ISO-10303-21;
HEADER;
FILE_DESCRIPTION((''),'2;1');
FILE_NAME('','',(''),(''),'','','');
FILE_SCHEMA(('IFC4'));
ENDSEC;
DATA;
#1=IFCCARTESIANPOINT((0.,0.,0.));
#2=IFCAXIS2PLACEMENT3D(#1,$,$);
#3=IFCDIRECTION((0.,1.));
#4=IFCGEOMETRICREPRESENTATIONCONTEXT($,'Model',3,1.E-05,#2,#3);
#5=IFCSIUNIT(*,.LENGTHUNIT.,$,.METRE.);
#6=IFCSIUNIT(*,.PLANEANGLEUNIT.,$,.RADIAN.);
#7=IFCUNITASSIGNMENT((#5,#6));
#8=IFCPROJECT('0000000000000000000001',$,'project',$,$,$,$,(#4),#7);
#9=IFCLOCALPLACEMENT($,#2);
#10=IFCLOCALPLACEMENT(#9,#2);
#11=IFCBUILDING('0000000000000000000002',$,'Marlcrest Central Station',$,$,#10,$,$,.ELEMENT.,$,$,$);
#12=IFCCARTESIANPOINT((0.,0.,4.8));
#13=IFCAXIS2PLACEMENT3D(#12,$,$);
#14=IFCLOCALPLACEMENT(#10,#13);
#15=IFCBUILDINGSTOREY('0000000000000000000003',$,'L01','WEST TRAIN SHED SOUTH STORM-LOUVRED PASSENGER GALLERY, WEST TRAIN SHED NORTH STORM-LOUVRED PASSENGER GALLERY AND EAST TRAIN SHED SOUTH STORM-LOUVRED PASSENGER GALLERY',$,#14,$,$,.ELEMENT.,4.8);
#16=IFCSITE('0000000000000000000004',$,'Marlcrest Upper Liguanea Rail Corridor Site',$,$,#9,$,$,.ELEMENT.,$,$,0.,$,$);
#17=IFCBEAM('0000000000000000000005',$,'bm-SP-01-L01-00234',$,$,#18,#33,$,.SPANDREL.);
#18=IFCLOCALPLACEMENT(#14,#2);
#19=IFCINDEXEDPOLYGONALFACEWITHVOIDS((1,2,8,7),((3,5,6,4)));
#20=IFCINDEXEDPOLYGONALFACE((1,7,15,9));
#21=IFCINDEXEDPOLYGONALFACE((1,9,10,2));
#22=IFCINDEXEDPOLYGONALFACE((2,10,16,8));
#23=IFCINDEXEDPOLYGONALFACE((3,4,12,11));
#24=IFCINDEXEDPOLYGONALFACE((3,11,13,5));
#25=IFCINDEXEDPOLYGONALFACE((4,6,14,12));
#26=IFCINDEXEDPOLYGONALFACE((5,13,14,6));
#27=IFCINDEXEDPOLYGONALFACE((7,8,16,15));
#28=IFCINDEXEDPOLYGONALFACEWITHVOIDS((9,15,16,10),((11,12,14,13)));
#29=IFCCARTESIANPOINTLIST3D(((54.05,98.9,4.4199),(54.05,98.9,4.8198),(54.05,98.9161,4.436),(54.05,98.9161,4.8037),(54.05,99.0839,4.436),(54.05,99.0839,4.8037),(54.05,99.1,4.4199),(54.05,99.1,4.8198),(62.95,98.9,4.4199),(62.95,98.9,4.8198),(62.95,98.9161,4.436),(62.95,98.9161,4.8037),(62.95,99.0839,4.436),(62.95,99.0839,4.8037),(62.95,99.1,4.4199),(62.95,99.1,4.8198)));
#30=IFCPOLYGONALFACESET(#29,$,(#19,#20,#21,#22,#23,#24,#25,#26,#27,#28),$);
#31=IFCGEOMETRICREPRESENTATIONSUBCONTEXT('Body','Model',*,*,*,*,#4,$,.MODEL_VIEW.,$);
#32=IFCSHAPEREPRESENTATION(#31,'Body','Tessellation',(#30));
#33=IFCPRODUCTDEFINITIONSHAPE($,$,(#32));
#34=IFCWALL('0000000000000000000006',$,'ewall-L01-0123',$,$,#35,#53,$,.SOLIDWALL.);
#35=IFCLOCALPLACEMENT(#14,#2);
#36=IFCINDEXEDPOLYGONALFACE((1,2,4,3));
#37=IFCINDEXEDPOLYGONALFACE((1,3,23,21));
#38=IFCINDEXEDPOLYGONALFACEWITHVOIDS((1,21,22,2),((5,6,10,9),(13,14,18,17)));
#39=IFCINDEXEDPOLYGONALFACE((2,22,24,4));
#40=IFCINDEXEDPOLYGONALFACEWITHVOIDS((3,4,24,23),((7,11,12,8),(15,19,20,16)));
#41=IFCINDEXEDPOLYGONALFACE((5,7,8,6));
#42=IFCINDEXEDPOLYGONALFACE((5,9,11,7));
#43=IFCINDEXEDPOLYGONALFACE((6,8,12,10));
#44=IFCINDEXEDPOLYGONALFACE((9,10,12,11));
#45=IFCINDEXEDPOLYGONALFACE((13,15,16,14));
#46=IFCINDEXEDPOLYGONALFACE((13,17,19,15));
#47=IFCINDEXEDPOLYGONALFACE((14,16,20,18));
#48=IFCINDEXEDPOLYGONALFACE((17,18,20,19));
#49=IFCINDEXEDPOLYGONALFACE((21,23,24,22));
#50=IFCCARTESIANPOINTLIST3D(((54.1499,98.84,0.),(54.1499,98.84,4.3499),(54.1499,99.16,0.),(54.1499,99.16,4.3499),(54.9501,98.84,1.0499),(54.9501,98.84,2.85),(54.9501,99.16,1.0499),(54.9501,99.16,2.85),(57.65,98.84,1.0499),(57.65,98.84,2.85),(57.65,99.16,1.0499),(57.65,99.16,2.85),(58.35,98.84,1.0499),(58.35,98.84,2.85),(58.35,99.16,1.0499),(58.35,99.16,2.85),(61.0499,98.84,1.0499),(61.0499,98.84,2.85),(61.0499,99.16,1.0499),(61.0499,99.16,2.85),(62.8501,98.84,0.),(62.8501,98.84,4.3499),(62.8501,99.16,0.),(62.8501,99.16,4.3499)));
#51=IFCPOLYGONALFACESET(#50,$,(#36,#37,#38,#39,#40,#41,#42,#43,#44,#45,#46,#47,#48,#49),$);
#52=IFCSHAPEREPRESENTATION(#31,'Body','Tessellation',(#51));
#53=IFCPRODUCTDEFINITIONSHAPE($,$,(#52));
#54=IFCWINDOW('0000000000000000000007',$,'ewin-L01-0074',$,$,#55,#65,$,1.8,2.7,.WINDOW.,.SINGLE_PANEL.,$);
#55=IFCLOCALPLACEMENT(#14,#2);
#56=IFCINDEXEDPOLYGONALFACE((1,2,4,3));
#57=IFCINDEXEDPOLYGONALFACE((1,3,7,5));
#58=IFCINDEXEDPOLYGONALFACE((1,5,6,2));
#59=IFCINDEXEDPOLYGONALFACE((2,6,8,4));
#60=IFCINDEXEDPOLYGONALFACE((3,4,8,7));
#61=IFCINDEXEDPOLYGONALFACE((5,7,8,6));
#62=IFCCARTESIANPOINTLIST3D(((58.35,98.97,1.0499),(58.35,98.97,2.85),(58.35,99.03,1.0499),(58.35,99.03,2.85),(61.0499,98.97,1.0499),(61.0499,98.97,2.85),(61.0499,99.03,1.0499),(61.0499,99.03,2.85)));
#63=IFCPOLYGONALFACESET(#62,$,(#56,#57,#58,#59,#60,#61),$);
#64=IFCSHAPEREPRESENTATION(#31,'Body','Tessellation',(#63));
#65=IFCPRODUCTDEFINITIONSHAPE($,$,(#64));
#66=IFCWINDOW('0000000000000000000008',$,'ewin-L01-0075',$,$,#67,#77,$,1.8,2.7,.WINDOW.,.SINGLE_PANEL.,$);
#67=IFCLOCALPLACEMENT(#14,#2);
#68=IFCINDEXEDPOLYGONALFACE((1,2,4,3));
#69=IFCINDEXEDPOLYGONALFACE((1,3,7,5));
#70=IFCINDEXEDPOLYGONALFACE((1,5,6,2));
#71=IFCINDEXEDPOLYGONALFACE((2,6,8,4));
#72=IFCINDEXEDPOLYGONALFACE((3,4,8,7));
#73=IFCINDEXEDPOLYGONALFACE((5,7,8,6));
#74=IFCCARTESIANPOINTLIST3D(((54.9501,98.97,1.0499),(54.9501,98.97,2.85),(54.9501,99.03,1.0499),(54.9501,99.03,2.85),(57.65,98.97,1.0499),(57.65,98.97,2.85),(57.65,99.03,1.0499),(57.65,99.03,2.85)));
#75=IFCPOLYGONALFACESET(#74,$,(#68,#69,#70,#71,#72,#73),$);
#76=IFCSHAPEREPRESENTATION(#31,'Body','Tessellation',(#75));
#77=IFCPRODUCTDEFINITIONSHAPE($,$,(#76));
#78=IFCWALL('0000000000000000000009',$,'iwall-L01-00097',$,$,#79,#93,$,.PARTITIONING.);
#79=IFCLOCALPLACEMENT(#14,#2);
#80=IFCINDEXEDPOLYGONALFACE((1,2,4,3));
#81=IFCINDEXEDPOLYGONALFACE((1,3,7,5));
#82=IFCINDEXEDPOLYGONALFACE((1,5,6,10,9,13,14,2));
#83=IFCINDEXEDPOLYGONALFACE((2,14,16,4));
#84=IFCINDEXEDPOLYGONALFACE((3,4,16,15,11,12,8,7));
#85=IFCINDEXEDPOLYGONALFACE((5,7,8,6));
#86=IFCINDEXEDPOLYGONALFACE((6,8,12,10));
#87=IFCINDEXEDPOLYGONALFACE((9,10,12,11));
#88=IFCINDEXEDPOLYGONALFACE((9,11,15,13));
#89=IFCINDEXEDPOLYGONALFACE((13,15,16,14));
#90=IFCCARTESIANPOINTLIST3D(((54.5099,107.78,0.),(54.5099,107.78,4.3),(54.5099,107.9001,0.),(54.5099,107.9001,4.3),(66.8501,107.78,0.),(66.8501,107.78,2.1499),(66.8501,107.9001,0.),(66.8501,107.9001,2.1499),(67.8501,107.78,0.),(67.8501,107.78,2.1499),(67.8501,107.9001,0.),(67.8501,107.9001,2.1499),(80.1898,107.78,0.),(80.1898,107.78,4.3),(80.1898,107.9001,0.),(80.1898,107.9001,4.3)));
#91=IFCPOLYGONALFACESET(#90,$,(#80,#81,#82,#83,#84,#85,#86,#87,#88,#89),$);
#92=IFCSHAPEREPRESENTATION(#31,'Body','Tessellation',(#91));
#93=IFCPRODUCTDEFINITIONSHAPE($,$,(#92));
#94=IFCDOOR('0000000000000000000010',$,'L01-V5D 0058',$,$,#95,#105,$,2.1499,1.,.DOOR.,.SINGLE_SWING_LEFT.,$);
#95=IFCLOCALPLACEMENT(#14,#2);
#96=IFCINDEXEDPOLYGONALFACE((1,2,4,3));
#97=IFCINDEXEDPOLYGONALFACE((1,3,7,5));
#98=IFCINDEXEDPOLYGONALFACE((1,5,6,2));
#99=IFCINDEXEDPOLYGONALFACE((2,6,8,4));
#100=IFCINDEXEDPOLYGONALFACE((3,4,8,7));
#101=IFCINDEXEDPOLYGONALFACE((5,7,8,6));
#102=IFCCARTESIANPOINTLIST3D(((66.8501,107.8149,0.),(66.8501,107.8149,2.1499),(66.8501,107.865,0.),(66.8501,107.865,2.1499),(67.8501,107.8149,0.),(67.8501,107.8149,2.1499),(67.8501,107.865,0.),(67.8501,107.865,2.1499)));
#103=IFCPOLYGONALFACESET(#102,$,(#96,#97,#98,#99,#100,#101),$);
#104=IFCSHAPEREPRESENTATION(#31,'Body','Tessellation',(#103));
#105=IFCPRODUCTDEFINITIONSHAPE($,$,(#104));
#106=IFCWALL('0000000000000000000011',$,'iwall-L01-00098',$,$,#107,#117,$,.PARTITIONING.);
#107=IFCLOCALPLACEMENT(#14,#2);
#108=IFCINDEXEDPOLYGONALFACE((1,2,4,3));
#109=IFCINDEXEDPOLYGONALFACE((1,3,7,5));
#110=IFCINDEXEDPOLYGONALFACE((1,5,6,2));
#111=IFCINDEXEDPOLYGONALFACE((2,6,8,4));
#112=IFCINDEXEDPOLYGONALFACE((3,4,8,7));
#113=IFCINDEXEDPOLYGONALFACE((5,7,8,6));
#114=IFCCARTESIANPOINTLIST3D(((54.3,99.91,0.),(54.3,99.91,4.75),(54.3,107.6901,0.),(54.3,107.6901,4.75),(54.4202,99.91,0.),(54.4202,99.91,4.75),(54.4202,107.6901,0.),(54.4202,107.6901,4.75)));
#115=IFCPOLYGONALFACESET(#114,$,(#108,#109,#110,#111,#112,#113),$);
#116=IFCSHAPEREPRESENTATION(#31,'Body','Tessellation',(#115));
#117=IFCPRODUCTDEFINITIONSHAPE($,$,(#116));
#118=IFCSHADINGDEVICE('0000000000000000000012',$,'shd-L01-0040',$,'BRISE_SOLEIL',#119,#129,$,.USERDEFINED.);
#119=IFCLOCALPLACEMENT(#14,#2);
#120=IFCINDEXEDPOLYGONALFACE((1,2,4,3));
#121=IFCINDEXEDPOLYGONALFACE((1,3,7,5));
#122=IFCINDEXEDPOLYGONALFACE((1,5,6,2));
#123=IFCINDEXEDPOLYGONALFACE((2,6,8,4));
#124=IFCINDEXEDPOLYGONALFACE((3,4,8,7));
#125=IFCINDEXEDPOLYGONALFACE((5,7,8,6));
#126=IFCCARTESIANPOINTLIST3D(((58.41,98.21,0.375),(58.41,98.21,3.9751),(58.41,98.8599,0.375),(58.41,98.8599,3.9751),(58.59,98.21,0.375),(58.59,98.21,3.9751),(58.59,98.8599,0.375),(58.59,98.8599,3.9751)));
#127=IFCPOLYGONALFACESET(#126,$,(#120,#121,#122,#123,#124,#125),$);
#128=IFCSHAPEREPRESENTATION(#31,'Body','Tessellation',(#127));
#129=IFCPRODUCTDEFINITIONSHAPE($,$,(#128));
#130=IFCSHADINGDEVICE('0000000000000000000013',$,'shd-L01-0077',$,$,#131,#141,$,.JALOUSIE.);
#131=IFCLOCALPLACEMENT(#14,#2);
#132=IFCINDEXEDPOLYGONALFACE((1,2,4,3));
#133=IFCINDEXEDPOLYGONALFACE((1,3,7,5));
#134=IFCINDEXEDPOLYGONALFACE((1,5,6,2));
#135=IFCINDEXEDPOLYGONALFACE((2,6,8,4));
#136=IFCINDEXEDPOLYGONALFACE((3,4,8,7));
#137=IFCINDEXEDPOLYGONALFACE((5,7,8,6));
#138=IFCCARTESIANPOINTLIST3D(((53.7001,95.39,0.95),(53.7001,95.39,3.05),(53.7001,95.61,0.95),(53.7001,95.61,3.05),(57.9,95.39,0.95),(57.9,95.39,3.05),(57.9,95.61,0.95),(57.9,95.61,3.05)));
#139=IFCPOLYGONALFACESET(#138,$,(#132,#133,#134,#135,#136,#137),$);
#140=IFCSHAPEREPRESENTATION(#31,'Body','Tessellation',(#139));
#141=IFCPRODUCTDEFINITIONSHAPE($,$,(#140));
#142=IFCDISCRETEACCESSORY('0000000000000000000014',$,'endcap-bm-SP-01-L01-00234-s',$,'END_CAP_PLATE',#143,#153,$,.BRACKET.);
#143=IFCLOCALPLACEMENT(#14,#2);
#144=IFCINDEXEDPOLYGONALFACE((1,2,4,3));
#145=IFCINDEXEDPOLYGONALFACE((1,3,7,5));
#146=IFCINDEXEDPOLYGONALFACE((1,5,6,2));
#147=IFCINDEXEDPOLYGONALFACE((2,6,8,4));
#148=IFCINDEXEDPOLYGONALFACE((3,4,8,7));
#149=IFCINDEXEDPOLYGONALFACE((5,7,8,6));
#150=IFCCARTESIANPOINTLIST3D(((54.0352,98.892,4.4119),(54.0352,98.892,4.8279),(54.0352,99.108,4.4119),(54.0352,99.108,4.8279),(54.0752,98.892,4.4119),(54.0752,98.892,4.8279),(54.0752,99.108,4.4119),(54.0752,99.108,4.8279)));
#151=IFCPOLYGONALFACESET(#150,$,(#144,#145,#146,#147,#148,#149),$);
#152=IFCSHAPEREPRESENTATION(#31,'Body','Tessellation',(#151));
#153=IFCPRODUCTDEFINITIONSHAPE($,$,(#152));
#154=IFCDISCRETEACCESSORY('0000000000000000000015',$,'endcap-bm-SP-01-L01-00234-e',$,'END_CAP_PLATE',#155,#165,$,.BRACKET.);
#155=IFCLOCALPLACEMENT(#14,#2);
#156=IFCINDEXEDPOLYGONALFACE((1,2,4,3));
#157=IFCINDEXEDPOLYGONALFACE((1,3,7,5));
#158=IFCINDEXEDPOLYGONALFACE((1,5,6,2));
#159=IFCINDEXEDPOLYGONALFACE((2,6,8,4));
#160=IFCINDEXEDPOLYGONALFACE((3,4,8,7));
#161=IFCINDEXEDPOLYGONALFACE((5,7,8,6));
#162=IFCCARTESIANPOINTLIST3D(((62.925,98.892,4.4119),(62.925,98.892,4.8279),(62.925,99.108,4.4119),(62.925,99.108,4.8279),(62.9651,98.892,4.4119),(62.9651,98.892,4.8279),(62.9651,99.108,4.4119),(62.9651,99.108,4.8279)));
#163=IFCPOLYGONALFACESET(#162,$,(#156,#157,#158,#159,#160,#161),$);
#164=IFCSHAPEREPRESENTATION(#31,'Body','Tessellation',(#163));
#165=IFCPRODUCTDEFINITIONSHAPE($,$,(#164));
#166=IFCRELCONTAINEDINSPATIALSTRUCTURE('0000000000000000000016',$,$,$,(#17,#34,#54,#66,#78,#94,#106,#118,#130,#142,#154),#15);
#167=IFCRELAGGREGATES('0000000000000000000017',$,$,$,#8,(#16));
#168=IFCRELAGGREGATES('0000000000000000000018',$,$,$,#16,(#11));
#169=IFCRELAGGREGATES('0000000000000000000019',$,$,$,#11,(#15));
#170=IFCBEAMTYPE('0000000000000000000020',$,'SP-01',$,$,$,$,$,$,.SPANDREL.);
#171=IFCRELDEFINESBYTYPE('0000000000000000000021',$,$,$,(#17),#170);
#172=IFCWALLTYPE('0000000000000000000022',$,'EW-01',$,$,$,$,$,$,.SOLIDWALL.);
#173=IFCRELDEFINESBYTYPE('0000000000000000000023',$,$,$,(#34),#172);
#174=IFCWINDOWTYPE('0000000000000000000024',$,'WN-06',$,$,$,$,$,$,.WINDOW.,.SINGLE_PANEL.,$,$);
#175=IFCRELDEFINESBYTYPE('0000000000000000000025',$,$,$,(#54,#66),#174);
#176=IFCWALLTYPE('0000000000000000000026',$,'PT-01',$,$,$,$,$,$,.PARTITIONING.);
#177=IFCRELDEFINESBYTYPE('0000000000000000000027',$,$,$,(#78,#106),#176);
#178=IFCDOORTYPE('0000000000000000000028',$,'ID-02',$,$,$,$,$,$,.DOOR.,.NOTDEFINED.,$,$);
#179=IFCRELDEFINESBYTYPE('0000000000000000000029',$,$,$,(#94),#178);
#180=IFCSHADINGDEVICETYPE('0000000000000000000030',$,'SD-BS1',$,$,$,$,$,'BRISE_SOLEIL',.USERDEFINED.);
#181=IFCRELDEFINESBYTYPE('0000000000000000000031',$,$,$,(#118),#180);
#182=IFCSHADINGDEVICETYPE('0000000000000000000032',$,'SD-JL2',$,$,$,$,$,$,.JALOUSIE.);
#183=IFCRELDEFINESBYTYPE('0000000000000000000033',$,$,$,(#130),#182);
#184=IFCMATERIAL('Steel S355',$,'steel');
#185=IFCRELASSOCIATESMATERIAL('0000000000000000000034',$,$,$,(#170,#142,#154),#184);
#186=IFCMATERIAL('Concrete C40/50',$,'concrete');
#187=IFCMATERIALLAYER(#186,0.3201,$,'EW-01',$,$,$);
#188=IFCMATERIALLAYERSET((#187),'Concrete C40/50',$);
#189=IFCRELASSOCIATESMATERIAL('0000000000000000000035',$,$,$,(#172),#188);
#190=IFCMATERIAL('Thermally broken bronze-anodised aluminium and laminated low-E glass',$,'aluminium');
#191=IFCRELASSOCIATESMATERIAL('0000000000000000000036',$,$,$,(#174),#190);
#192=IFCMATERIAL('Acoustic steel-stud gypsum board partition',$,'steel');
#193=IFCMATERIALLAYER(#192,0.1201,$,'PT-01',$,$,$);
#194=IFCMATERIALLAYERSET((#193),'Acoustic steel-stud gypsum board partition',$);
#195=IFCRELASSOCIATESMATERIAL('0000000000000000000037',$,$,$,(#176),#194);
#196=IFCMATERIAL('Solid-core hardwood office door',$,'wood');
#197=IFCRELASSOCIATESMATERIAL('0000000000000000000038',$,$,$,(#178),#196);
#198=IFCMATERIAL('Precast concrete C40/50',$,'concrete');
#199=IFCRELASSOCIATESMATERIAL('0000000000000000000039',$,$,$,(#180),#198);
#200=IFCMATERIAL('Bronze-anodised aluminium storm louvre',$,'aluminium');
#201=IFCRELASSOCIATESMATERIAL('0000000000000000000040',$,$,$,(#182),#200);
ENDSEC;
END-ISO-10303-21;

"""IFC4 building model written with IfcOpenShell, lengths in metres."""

from ifc_helpers import new_model, si_unit, direction, frame, frame_2d, origin, origin_2d, place, context, subcontext, project, spatial, rectangle, hollow_rectangle, extrude, material, layer, layer_set, material_profile, profile_set, type_object, element, fill, save


model = new_model("IFC4")

# Units and contexts
model_context = context("Model", 3, precision=1e-05, world=origin(), true_north=direction((0.0, 1.0)))
body_context = subcontext(model_context, "Body", "Model", "MODEL_VIEW")
ifc_project = project(units=[si_unit("LENGTHUNIT", "METRE"), si_unit("PLANEANGLEUNIT", "RADIAN")], contexts=[model_context])

# Site, building, storey
site_placement = place(None, origin())
site = spatial("IfcSite", under=ifc_project, at=site_placement, Name="Marlcrest Upper Liguanea Rail Corridor Site", CompositionType="ELEMENT", RefElevation=0.0)
building_placement = place(site_placement, origin())
building = spatial("IfcBuilding", under=site, at=building_placement, Name="Marlcrest Central Station", CompositionType="ELEMENT")
storey_placement = place(building_placement, frame((0.0, 0.0, 4.8)))
storey = spatial("IfcBuildingStorey", under=building, at=storey_placement, Name="L01", Description="WEST TRAIN SHED SOUTH STORM-LOUVRED PASSENGER GALLERY, WEST TRAIN SHED NORTH STORM-LOUVRED PASSENGER GALLERY AND EAST TRAIN SHED SOUTH STORM-LOUVRED PASSENGER GALLERY", CompositionType="ELEMENT", Elevation=4.8)

# Shared definitions
ifc_material_1 = material(Name="Steel S355", Category="steel")

# Beam
ifc_material_profile_1 = material_profile(ifc_material_1, hollow_rectangle(XDim=0.2, YDim=0.3999, WallThickness=0.0161, at=origin_2d()), Name="RHS 400x200x16")
ifc_profile_set_1 = profile_set([ifc_material_profile_1], Name="Steel S355")
beam_type_1 = type_object("IfcBeamType", Name="SP-01", PredefinedType="SPANDREL", material=ifc_profile_set_1)
beam_1_placement = place(storey_placement, frame((54.05, 99.0, 4.6199), z_axis=(1.0, 0.0, 0.0), x_axis=(0.0, 1.0, 0.0)))
element("IfcBeam", 1, at=beam_1_placement, inside=storey, type_object=beam_type_1, Name="bm-SP-01-L01-00234", PredefinedType="SPANDREL", context=body_context, shape_type="SweptSolid", body=[
    extrude(hollow_rectangle(XDim=0.2, YDim=0.3999, WallThickness=0.0161, at=origin_2d()), origin(), (0.0, 0.0, 1.0), 8.8999),
])

# Wall, openings, windows
ifc_material_2 = material(Name="Concrete C40/50", Category="concrete")
ifc_layer_1 = layer(ifc_material_2, 0.3201, Name="EW-01")
ifc_layer_set_1 = layer_set([ifc_layer_1], Name="Concrete C40/50")
wall_type_1 = type_object("IfcWallType", Name="EW-01", PredefinedType="SOLIDWALL", material=ifc_layer_set_1)
wall_1_placement = place(storey_placement, frame((62.8501, 99.0, 0.0), z_axis=(0.0, 0.0, 1.0), x_axis=(-1.0, 0.0, 0.0)))
wall_1 = element("IfcWall", 2, at=wall_1_placement, inside=storey, type_object=wall_type_1, Name="ewall-L01-0123", PredefinedType="SOLIDWALL", context=body_context, shape_type="SweptSolid", body=[
    extrude(rectangle(XDim=8.7002, YDim=0.3201, at=frame_2d((4.3501, 0.0))), origin(), (0.0, 0.0, 1.0), 4.3499),
])
opening_1_placement = place(wall_1_placement, frame((1.8, 0.0, 1.05)))
opening_1 = element("IfcOpeningElement", 3, at=opening_1_placement, cuts=wall_1, PredefinedType="OPENING", context=body_context, shape_type="SweptSolid", body=[
    extrude(rectangle(XDim=2.7, YDim=1.8, at=frame_2d((1.3501, 0.8999))), frame((0.0, 0.1699, 0.0), z_axis=(0.0, -1.0, 0.0), x_axis=(1.0, 0.0, 0.0)), (0.0, 0.0, 1.0), 0.3401),
])
opening_2_placement = place(wall_1_placement, frame((5.2, 0.0, 1.05)))
opening_2 = element("IfcOpeningElement", 4, at=opening_2_placement, cuts=wall_1, PredefinedType="OPENING", context=body_context, shape_type="SweptSolid", body=[
    extrude(rectangle(XDim=2.7, YDim=1.8, at=frame_2d((1.3501, 0.8999))), frame((0.0, 0.1699, 0.0), z_axis=(0.0, -1.0, 0.0), x_axis=(1.0, 0.0, 0.0)), (0.0, 0.0, 1.0), 0.3401),
])
ifc_material_3 = material(Name="Thermally broken bronze-anodised aluminium and laminated low-E glass", Category="aluminium")
window_type = type_object("IfcWindowType", Name="WN-06", PartitioningType="SINGLE_PANEL", PredefinedType="WINDOW", material=ifc_material_3)
window_1_placement = place(opening_1_placement, origin())
window_1 = element("IfcWindow", 5, at=window_1_placement, inside=storey, type_object=window_type, Name="ewin-L01-0074", OverallHeight=1.8, OverallWidth=2.7, PartitioningType="SINGLE_PANEL", PredefinedType="WINDOW", context=body_context, shape_type="SweptSolid", body=[
    extrude(rectangle(XDim=2.7, YDim=1.8, at=frame_2d((1.3501, 0.8999))), frame((0.0, 0.03, 0.0), z_axis=(0.0, -1.0, 0.0), x_axis=(1.0, 0.0, 0.0)), (0.0, 0.0, 1.0), 0.0601),
])
fill(opening_1, window_1)
window_2_placement = place(opening_2_placement, origin())
window_2 = element("IfcWindow", 6, at=window_2_placement, inside=storey, type_object=window_type, Name="ewin-L01-0075", OverallHeight=1.8, OverallWidth=2.7, PartitioningType="SINGLE_PANEL", PredefinedType="WINDOW", context=body_context, shape_type="SweptSolid", body=[
    extrude(rectangle(XDim=2.7, YDim=1.8, at=frame_2d((1.3501, 0.8999))), frame((0.0, 0.03, 0.0), z_axis=(0.0, -1.0, 0.0), x_axis=(1.0, 0.0, 0.0)), (0.0, 0.0, 1.0), 0.0601),
])
fill(opening_2, window_2)

# Wall, opening, door
ifc_material_4 = material(Name="Acoustic steel-stud gypsum board partition", Category="steel")
ifc_layer_2 = layer(ifc_material_4, 0.1201, Name="PT-01")
ifc_layer_set_2 = layer_set([ifc_layer_2], Name="Acoustic steel-stud gypsum board partition")
wall_type_2 = type_object("IfcWallType", Name="PT-01", PredefinedType="PARTITIONING", material=ifc_layer_set_2)
wall_2_placement = place(storey_placement, frame((54.51, 107.8401, 0.0), z_axis=(0.0, 0.0, 1.0), x_axis=(1.0, 0.0, 0.0)))
wall_2 = element("IfcWall", 7, at=wall_2_placement, inside=storey, type_object=wall_type_2, Name="iwall-L01-00097", PredefinedType="PARTITIONING", context=body_context, shape_type="SweptSolid", body=[
    extrude(rectangle(XDim=25.6799, YDim=0.1201, at=frame_2d((12.8398, 0.0))), origin(), (0.0, 0.0, 1.0), 4.3),
])
opening_3_placement = place(wall_2_placement, frame((12.3401, 0.0, 0.0)))
opening_3 = element("IfcOpeningElement", 8, at=opening_3_placement, cuts=wall_2, PredefinedType="OPENING", context=body_context, shape_type="SweptSolid", body=[
    extrude(rectangle(XDim=1.0, YDim=2.1499, at=frame_2d((0.5, 1.075))), frame((0.0, 0.0701, 0.0), z_axis=(0.0, -1.0, 0.0), x_axis=(1.0, 0.0, 0.0)), (0.0, 0.0, 1.0), 0.1401),
])
ifc_material_5 = material(Name="Solid-core hardwood office door", Category="wood")
door_type = type_object("IfcDoorType", Name="ID-02", OperationType="NOTDEFINED", PredefinedType="DOOR", material=ifc_material_5)
door_placement = place(opening_3_placement, origin())
door = element("IfcDoor", 9, at=door_placement, inside=storey, type_object=door_type, Name="L01-V5D 0058", OperationType="SINGLE_SWING_LEFT", OverallHeight=2.1499, OverallWidth=1.0, PredefinedType="DOOR", context=body_context, shape_type="SweptSolid", body=[
    extrude(rectangle(XDim=1.0, YDim=2.1499, at=frame_2d((0.5, 1.075))), frame((0.0, 0.0249, 0.0), z_axis=(0.0, -1.0, 0.0), x_axis=(1.0, 0.0, 0.0)), (0.0, 0.0, 1.0), 0.05),
])
fill(opening_3, door)

# Wall
wall_3_placement = place(storey_placement, frame((54.3601, 99.9099, 0.0), z_axis=(0.0, 0.0, 1.0), x_axis=(0.0, 1.0, 0.0)))
element("IfcWall", 10, at=wall_3_placement, inside=storey, type_object=wall_type_2, Name="iwall-L01-00098", PredefinedType="PARTITIONING", context=body_context, shape_type="SweptSolid", body=[
    extrude(rectangle(XDim=7.78, YDim=0.1201, at=frame_2d((3.8901, 0.0))), origin(), (0.0, 0.0, 1.0), 4.75),
])

# Shading devices
ifc_material_6 = material(Name="Precast concrete C40/50", Category="concrete")
shading_device_type_1 = type_object("IfcShadingDeviceType", Name="SD-BS1", ElementType="BRISE_SOLEIL", PredefinedType="USERDEFINED", material=ifc_material_6)
shading_device_1_placement = place(storey_placement, frame((58.5, 98.5349, 0.375), z_axis=(0.0, 0.0, 1.0), x_axis=(1.0, 0.0, 0.0)))
element("IfcShadingDevice", 11, at=shading_device_1_placement, inside=storey, type_object=shading_device_type_1, Name="shd-L01-0040", ObjectType="BRISE_SOLEIL", PredefinedType="USERDEFINED", context=body_context, shape_type="SweptSolid", body=[
    extrude(rectangle(XDim=0.1799, YDim=0.6499, at=origin_2d()), origin(), (0.0, 0.0, 1.0), 3.6001),
])
ifc_material_7 = material(Name="Bronze-anodised aluminium storm louvre", Category="aluminium")
shading_device_type_2 = type_object("IfcShadingDeviceType", Name="SD-JL2", PredefinedType="JALOUSIE", material=ifc_material_7)
shading_device_2_placement = place(storey_placement, frame((55.8, 95.5, 0.95), z_axis=(0.0, 0.0, 1.0), x_axis=(1.0, 0.0, 0.0)))
element("IfcShadingDevice", 12, at=shading_device_2_placement, inside=storey, type_object=shading_device_type_2, Name="shd-L01-0077", PredefinedType="JALOUSIE", context=body_context, shape_type="SweptSolid", body=[
    extrude(rectangle(XDim=4.2, YDim=0.22, at=origin_2d()), origin(), (0.0, 0.0, 1.0), 2.1001),
])

# Discrete accessories
for number, where, z_axis, x_axis, name in (
    (13, (54.0352, 99.0, 4.6199), (1.0, 0.0, 0.0), (0.0, 1.0, 0.0), "endcap-bm-SP-01-L01-00234-s"),
    (14, (62.925, 99.0, 4.6199), (1.0, 0.0, 0.0), (0.0, 1.0, 0.0), "endcap-bm-SP-01-L01-00234-e"),
):
    element("IfcDiscreteAccessory", number, at=place(storey_placement, frame(where, z_axis=z_axis, x_axis=x_axis)), inside=storey, material=ifc_material_1, Name=name, ObjectType="END_CAP_PLATE", PredefinedType="BRACKET", context=body_context, shape_type="SweptSolid", body=[
        extrude(rectangle(XDim=0.2161, YDim=0.416, at=origin_2d()), origin(), (0.0, 0.0, 1.0), 0.04),
    ])

save(model, "model.ifc")
